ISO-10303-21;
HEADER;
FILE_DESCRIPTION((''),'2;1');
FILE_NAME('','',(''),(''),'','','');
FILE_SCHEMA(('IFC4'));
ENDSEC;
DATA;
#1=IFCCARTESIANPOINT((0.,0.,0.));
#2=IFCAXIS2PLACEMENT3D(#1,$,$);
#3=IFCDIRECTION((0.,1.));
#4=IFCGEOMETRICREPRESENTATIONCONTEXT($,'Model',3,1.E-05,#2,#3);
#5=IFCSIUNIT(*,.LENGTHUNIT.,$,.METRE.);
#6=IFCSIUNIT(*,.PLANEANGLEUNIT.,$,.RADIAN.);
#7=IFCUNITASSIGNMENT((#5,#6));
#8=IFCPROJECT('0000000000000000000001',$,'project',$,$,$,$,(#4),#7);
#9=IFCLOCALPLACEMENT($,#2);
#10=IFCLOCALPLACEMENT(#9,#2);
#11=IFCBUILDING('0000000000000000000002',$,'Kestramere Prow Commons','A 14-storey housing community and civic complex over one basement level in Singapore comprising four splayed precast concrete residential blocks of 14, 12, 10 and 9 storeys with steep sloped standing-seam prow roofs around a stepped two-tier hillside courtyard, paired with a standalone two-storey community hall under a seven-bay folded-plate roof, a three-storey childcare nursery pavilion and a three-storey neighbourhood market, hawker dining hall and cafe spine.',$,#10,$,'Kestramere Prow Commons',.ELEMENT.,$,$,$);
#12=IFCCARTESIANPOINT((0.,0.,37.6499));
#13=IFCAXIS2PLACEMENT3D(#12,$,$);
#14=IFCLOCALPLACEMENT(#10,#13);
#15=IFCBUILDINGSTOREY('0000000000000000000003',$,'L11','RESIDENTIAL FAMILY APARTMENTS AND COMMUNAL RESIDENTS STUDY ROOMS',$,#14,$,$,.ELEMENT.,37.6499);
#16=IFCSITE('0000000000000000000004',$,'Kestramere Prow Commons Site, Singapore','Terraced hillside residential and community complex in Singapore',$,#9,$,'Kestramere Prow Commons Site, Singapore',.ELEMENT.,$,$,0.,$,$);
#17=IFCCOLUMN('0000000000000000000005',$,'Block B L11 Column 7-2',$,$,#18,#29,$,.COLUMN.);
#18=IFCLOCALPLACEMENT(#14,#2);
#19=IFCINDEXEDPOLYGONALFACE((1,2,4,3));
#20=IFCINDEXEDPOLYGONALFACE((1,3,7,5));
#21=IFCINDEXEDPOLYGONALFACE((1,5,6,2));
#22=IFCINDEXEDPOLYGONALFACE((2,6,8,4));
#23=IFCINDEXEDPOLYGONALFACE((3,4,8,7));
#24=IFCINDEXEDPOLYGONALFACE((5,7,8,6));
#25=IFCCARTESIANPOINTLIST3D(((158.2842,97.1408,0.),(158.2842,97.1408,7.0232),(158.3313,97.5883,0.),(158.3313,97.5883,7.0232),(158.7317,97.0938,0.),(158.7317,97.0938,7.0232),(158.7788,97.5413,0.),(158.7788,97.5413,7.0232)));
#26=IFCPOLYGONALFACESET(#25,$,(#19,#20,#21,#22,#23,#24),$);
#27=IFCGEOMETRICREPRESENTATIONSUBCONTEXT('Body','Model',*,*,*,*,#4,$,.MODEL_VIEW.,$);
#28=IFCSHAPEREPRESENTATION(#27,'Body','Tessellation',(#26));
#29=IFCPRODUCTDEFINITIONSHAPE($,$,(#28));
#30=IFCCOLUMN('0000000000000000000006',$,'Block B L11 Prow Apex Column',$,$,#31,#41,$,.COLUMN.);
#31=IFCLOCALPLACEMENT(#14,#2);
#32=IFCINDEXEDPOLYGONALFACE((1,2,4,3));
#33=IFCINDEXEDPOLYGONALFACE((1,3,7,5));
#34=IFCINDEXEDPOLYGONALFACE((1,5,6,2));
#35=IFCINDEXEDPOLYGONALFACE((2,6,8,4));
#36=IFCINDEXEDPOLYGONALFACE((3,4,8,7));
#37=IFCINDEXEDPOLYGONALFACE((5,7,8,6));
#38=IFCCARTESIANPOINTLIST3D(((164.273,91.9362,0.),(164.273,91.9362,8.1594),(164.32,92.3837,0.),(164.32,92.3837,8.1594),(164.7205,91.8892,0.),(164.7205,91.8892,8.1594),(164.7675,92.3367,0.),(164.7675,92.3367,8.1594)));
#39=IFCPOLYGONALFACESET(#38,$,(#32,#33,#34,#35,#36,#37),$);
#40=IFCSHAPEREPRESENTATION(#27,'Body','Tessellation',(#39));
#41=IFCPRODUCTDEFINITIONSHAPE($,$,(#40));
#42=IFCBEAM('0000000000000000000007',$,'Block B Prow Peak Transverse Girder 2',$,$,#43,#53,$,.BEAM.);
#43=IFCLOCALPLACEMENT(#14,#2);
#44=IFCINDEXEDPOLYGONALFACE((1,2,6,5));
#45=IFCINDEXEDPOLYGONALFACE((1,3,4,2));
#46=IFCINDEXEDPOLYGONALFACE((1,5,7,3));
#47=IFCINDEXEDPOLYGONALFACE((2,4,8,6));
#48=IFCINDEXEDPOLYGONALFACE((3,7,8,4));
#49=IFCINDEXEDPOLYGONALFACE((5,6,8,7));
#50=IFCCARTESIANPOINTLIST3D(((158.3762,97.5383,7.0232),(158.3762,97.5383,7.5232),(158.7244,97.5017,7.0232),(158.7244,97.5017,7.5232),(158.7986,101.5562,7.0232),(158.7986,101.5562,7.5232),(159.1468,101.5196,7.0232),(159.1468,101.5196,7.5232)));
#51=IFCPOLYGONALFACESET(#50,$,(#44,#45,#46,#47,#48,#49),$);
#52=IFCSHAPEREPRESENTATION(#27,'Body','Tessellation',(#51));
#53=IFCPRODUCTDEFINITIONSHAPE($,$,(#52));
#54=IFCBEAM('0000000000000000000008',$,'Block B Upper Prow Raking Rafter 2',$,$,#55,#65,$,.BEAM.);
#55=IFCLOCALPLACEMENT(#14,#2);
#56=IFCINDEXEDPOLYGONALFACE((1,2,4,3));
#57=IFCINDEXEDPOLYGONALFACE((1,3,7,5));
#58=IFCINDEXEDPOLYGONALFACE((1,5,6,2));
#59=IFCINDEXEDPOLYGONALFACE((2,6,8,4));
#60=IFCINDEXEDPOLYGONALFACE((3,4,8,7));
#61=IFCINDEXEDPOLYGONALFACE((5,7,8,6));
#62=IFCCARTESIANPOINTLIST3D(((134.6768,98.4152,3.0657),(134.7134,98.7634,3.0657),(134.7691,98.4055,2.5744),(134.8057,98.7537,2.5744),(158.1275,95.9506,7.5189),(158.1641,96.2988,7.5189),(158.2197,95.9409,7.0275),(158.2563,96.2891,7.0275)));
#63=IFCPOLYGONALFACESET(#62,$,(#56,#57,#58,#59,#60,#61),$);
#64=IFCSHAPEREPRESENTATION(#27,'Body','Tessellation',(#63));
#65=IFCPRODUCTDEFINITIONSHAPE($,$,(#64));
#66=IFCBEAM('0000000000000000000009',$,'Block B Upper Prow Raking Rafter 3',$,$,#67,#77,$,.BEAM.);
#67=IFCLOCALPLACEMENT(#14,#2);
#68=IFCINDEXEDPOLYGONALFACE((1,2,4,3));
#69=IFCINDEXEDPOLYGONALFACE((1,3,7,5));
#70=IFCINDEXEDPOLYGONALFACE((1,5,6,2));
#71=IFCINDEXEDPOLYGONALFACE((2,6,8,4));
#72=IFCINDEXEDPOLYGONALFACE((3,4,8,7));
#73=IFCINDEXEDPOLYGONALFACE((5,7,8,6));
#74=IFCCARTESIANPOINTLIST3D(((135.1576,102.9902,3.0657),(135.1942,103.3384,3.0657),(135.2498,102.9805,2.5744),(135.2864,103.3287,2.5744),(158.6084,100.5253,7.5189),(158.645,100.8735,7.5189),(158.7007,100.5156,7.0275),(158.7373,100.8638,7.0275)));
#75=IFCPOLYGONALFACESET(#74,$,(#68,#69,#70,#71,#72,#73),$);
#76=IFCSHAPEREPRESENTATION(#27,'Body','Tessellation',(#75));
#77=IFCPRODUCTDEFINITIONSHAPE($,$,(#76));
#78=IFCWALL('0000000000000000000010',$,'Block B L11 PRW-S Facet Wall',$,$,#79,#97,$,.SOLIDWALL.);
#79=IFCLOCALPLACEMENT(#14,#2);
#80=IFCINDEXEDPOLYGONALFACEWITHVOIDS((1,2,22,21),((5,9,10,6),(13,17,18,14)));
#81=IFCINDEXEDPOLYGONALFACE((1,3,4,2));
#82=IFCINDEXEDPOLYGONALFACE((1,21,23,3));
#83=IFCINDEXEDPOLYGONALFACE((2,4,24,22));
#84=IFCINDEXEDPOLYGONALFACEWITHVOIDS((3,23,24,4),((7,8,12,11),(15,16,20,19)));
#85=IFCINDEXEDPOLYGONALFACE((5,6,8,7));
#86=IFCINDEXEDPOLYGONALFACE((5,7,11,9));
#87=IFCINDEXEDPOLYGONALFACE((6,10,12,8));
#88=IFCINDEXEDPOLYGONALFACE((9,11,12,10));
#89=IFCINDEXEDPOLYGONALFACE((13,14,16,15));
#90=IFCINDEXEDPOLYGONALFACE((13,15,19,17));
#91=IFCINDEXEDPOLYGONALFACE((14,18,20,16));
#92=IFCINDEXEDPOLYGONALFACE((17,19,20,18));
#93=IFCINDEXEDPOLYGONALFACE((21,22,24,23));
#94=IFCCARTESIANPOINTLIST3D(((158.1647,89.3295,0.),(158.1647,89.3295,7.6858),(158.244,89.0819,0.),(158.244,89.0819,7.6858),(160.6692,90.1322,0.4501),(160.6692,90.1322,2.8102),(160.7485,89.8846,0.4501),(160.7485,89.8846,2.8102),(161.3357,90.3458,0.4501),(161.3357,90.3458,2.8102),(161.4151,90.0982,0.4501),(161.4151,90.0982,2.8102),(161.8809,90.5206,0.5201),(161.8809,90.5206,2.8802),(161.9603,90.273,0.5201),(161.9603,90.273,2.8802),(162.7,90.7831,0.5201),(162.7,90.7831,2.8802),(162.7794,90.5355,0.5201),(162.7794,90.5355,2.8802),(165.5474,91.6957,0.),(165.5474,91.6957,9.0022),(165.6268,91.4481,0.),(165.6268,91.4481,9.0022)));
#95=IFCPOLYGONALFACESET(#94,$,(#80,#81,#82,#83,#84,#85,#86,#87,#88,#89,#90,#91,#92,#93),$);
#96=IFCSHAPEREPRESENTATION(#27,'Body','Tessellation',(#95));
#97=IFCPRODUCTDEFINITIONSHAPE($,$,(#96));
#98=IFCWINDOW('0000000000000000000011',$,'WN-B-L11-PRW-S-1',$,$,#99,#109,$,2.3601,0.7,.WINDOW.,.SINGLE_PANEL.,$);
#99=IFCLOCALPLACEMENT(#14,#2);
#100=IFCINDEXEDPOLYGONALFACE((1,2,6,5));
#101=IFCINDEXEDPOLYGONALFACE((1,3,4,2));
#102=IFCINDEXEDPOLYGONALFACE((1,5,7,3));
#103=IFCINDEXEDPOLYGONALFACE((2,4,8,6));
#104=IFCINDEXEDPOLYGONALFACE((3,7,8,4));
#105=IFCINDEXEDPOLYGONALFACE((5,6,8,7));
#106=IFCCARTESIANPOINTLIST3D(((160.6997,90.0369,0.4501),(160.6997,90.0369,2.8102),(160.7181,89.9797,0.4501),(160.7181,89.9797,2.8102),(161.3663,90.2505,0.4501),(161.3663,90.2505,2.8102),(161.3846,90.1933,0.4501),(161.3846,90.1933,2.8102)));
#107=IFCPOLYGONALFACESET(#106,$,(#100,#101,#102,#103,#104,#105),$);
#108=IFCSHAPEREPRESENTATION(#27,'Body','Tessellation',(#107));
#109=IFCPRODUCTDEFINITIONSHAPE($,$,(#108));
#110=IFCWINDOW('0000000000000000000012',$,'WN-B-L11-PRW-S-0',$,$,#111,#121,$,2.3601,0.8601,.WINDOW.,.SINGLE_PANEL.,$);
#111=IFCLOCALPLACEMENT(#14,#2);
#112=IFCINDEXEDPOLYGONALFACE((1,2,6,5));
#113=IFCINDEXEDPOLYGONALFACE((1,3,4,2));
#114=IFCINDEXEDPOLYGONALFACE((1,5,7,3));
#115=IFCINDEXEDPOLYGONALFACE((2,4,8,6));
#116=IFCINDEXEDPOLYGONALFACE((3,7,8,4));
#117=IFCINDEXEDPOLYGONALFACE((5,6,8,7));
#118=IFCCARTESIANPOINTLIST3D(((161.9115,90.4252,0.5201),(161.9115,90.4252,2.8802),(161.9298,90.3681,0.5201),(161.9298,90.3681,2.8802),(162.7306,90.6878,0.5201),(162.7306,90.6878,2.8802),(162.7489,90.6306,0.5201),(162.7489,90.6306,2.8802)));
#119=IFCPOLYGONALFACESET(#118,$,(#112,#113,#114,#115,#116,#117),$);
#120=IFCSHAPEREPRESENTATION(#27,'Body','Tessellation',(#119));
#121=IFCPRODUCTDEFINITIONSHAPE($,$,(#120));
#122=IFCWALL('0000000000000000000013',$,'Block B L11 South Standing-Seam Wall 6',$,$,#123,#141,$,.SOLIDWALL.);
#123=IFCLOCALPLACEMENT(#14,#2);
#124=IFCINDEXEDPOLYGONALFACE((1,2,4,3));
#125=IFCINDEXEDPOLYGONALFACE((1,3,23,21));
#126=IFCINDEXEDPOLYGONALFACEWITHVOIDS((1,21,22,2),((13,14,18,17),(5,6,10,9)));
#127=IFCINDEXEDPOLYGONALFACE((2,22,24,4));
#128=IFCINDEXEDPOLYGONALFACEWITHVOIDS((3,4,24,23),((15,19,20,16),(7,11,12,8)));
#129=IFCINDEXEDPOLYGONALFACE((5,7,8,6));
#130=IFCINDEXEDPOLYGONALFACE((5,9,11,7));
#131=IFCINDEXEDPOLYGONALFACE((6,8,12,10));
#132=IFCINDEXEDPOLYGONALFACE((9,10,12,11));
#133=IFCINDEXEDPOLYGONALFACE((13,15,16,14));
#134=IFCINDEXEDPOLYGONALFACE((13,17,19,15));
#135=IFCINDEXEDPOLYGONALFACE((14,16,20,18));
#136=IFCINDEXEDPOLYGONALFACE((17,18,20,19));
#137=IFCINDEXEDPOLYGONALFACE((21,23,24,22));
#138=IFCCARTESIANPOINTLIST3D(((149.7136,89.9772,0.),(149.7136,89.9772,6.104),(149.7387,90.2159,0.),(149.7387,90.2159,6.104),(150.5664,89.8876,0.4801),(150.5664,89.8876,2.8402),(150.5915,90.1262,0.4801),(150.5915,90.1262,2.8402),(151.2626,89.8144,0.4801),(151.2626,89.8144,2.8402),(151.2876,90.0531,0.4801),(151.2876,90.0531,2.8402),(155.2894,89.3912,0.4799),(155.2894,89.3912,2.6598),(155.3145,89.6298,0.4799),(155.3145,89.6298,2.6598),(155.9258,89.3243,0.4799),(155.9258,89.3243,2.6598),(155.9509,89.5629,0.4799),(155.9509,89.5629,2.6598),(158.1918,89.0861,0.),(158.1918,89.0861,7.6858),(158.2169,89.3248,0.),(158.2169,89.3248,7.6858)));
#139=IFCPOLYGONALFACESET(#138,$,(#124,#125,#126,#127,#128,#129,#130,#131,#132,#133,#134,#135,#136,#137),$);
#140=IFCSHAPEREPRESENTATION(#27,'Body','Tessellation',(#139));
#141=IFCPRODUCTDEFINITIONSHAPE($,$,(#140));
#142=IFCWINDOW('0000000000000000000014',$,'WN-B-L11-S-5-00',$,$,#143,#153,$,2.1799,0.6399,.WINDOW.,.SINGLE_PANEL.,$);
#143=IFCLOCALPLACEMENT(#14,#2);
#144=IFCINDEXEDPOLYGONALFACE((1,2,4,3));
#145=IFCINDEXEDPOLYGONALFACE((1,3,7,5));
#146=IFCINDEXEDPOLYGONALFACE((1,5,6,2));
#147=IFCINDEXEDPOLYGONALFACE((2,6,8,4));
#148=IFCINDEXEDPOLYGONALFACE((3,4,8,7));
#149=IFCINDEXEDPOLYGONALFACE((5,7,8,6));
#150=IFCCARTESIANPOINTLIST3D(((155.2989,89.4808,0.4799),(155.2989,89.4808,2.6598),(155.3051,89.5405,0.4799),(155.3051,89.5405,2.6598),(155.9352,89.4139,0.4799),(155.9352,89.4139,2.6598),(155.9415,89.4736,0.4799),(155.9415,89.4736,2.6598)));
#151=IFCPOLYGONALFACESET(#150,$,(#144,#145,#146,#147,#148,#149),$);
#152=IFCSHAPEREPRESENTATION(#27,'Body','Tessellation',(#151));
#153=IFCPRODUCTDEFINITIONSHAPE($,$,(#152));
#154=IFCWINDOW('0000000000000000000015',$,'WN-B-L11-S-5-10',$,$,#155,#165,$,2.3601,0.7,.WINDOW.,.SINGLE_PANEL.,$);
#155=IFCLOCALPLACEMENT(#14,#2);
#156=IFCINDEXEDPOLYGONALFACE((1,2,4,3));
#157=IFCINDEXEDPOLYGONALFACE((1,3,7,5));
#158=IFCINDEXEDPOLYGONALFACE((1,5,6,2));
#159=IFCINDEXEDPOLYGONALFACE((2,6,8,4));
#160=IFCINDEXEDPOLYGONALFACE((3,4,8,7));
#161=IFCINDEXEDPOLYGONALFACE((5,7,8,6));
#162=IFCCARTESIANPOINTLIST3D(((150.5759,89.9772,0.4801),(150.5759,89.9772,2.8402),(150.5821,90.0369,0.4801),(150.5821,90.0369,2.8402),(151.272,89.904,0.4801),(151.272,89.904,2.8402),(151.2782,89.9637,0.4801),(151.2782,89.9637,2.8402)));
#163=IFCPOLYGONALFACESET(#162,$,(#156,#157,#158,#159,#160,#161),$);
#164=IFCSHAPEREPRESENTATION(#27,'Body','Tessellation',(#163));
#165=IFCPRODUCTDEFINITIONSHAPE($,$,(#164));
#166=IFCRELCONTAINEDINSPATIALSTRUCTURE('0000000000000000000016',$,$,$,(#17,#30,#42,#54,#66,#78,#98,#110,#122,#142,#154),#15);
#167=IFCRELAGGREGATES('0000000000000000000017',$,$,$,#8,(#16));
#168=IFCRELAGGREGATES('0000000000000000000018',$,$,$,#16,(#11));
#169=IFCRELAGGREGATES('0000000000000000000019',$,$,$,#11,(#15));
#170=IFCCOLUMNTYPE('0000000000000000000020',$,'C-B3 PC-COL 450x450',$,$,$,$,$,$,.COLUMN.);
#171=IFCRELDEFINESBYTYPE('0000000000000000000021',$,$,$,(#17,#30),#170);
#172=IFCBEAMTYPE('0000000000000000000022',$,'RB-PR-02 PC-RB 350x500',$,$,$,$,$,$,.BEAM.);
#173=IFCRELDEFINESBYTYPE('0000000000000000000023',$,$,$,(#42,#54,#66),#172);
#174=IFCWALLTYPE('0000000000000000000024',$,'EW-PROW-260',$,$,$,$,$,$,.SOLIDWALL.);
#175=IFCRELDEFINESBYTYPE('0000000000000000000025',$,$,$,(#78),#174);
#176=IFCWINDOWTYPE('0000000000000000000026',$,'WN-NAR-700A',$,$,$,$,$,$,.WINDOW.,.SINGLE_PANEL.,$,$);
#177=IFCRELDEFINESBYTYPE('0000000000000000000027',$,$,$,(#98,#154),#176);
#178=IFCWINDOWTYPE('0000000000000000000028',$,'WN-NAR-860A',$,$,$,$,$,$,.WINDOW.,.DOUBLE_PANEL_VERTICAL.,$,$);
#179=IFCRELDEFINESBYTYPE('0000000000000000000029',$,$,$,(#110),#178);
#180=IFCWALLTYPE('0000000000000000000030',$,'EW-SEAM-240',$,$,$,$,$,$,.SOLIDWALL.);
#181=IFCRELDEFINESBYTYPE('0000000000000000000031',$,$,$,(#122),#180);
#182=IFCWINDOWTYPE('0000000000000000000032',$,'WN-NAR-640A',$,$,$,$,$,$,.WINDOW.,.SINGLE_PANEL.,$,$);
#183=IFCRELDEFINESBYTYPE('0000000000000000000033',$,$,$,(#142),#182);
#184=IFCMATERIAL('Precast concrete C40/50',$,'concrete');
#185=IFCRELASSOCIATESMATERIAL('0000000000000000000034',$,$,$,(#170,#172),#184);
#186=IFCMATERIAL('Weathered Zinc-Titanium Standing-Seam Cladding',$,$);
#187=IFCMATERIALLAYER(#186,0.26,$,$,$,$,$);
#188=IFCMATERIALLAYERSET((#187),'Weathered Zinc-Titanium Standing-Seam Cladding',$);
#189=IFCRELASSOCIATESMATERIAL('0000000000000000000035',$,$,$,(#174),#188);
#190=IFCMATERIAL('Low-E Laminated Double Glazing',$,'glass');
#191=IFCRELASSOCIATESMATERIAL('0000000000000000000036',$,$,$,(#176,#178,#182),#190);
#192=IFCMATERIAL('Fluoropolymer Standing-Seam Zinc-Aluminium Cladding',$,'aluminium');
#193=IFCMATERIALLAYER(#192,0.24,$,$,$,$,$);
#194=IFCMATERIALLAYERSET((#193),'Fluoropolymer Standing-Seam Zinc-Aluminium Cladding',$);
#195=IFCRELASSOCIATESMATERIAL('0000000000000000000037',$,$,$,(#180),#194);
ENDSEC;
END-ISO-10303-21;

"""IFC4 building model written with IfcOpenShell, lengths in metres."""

from ifc_helpers import new_model, si_unit, direction, frame, frame_2d, origin, origin_2d, place, context, subcontext, project, spatial, polyline, rectangle, outline, extrude, material, layer, layer_set, material_profile, profile_set, type_object, element, fill, save


model = new_model("IFC4")

# Units and contexts
model_context = context("Model", 3, precision=1e-05, world=origin(), true_north=direction((0.0, 1.0)))
body_context = subcontext(model_context, "Body", "Model", "MODEL_VIEW")
ifc_project = project(units=[si_unit("LENGTHUNIT", "METRE"), si_unit("PLANEANGLEUNIT", "RADIAN")], contexts=[model_context])

# Site, building, storey
site_placement = place(None, origin())
site = spatial("IfcSite", under=ifc_project, at=site_placement, Name="Kestramere Prow Commons Site, Singapore", Description="Terraced hillside residential and community complex in Singapore", LongName="Kestramere Prow Commons Site, Singapore", CompositionType="ELEMENT", RefElevation=0.0)
building_placement = place(site_placement, origin())
building = spatial("IfcBuilding", under=site, at=building_placement, Name="Kestramere Prow Commons", Description="A 14-storey housing community and civic complex over one basement level in Singapore comprising four splayed precast concrete residential blocks of 14, 12, 10 and 9 storeys with steep sloped standing-seam prow roofs around a stepped two-tier hillside courtyard, paired with a standalone two-storey community hall under a seven-bay folded-plate roof, a three-storey childcare nursery pavilion and a three-storey neighbourhood market, hawker dining hall and cafe spine.", LongName="Kestramere Prow Commons", CompositionType="ELEMENT")
storey_placement = place(building_placement, frame((0.0, 0.0, 37.6499)))
storey = spatial("IfcBuildingStorey", under=building, at=storey_placement, Name="L11", Description="RESIDENTIAL FAMILY APARTMENTS AND COMMUNAL RESIDENTS STUDY ROOMS", CompositionType="ELEMENT", Elevation=37.6499)

# Columns
ifc_material_1 = material(Name="Precast concrete C40/50", Category="concrete")
ifc_material_profile_1 = material_profile(ifc_material_1, rectangle(XDim=0.45, YDim=0.45, at=origin_2d()), Name="PC-COL 450x450")
ifc_profile_set_1 = profile_set([ifc_material_profile_1], Name="Precast concrete C40/50")
column_type = type_object("IfcColumnType", Name="C-B3 PC-COL 450x450", PredefinedType="COLUMN", material=ifc_profile_set_1)
column_1_placement = place(storey_placement, frame((158.5315, 97.3411, 0.0), z_axis=(0.0, 0.0, 1.0), x_axis=(0.994522, -0.104528, 0.0)))
element("IfcColumn", 1, at=column_1_placement, inside=storey, type_object=column_type, Name="Block B L11 Column 7-2", PredefinedType="COLUMN", context=body_context, shape_type="SweptSolid", body=[
    extrude(rectangle(XDim=0.45, YDim=0.45, at=origin_2d()), origin(), (0.0, 0.0, 1.0), 7.0232),
])
column_2_placement = place(storey_placement, frame((164.5203, 92.1365, 0.0), z_axis=(0.0, 0.0, 1.0), x_axis=(0.994522, -0.104528, 0.0)))
element("IfcColumn", 2, at=column_2_placement, inside=storey, type_object=column_type, Name="Block B L11 Prow Apex Column", PredefinedType="COLUMN", context=body_context, shape_type="SweptSolid", body=[
    extrude(rectangle(XDim=0.45, YDim=0.45, at=origin_2d()), origin(), (0.0, 0.0, 1.0), 8.1594),
])

# Beams
ifc_material_profile_2 = material_profile(ifc_material_1, rectangle(XDim=0.3501, YDim=0.5, at=origin_2d()), Name="PC-RB 350x500")
ifc_profile_set_2 = profile_set([ifc_material_profile_2], Name="Precast concrete C40/50")
beam_type = type_object("IfcBeamType", Name="RB-PR-02 PC-RB 350x500", PredefinedType="BEAM", material=ifc_profile_set_2)
beam_1_placement = place(storey_placement, frame((158.5503, 97.52, 7.2732), z_axis=(0.104546, 0.99452, 0.0), x_axis=(-0.99452, 0.104546, 0.0)))
element("IfcBeam", 3, at=beam_1_placement, inside=storey, type_object=beam_type, Name="Block B Prow Peak Transverse Girder 2", PredefinedType="BEAM", context=body_context, shape_type="SweptSolid", body=[
    extrude(rectangle(XDim=0.3501, YDim=0.5, at=origin_2d()), origin(), (0.0, 0.0, 1.0), 4.04),
])
beam_2_placement = place(storey_placement, frame((158.1919, 96.1199, 7.2732), z_axis=(-0.977248, 0.102706, -0.185573), x_axis=(-0.104521, -0.994523, 0.0)))
element("IfcBeam", 4, at=beam_2_placement, inside=storey, type_object=beam_type, Name="Block B Upper Prow Raking Rafter 2", PredefinedType="BEAM", context=body_context, shape_type="SweptSolid", body=[
    extrude(rectangle(XDim=0.3501, YDim=0.5, at=origin_2d()), origin(), (0.0, 0.0, 1.0), 23.9966),
])
beam_3_placement = place(storey_placement, frame((158.6729, 100.6946, 7.2732), z_axis=(-0.977248, 0.102715, -0.185571), x_axis=(-0.104531, -0.994522, 0.0)))
element("IfcBeam", 5, at=beam_3_placement, inside=storey, type_object=beam_type, Name="Block B Upper Prow Raking Rafter 3", PredefinedType="BEAM", context=body_context, shape_type="SweptSolid", body=[
    extrude(rectangle(XDim=0.3501, YDim=0.5, at=origin_2d()), origin(), (0.0, 0.0, 1.0), 23.9968),
])

# Walls, openings, windows
ifc_material_2 = material(Name="Weathered Zinc-Titanium Standing-Seam Cladding")
ifc_layer_1 = layer(ifc_material_2, 0.26)
ifc_layer_set_1 = layer_set([ifc_layer_1], Name="Weathered Zinc-Titanium Standing-Seam Cladding")
wall_type_1 = type_object("IfcWallType", Name="EW-PROW-260", PredefinedType="SOLIDWALL", material=ifc_layer_set_1)
wall_1_placement = place(storey_placement, frame((165.5872, 91.5718, 0.0), z_axis=(0.0, 0.0, 1.0), x_axis=(-0.952285, -0.30521, 0.0)))
wall_1 = element("IfcWall", 6, at=wall_1_placement, inside=storey, type_object=wall_type_1, Name="Block B L11 PRW-S Facet Wall", PredefinedType="SOLIDWALL", context=body_context, shape_type="SweptSolid", body=[
    extrude(outline(polyline([(0.0, 0.0), (7.7527, 0.0), (7.7527, 7.6858), (0.0, 9.0022), (0.0, 0.0)])), frame((0.0, 0.1299, 0.0), z_axis=(0.0, -1.0, 0.0), x_axis=(1.0, 0.0, 0.0)), (0.0, 0.0, 1.0), 0.26),
])
opening_1_placement = place(wall_1_placement, frame((2.99, 0.0, 0.52)))
opening_1 = element("IfcOpeningElement", 7, at=opening_1_placement, cuts=wall_1, PredefinedType="OPENING", context=body_context, shape_type="SweptSolid", body=[
    extrude(rectangle(XDim=0.8601, YDim=2.3601, at=frame_2d((0.4302, 1.1802))), frame((0.0, 0.145, 0.0), z_axis=(0.0, -1.0, 0.0), x_axis=(1.0, 0.0, 0.0)), (0.0, 0.0, 1.0), 0.29),
])
opening_2_placement = place(wall_1_placement, frame((4.4226, 0.0, 0.45)))
opening_2 = element("IfcOpeningElement", 8, at=opening_2_placement, cuts=wall_1, PredefinedType="OPENING", context=body_context, shape_type="SweptSolid", body=[
    extrude(rectangle(XDim=0.7, YDim=2.3601, at=frame_2d((0.3501, 1.1802))), frame((0.0, 0.145, 0.0), z_axis=(0.0, -1.0, 0.0), x_axis=(1.0, 0.0, 0.0)), (0.0, 0.0, 1.0), 0.29),
])
ifc_material_3 = material(Name="Low-E Laminated Double Glazing", Category="glass")
window_type_1 = type_object("IfcWindowType", Name="WN-NAR-700A", PartitioningType="SINGLE_PANEL", PredefinedType="WINDOW", material=ifc_material_3)
window_1_placement = place(opening_2_placement, origin())
window_1 = element("IfcWindow", 9, at=window_1_placement, inside=storey, type_object=window_type_1, Name="WN-B-L11-PRW-S-1", OverallHeight=2.3601, OverallWidth=0.7, PartitioningType="SINGLE_PANEL", PredefinedType="WINDOW", context=body_context, shape_type="SweptSolid", body=[
    extrude(rectangle(XDim=0.7, YDim=2.3601, at=frame_2d((0.3501, 1.1802))), frame((0.0, 0.03, 0.0), z_axis=(0.0, -1.0, 0.0), x_axis=(1.0, 0.0, 0.0)), (0.0, 0.0, 1.0), 0.0601),
])
fill(opening_2, window_1)
window_type_2 = type_object("IfcWindowType", Name="WN-NAR-860A", PartitioningType="DOUBLE_PANEL_VERTICAL", PredefinedType="WINDOW", material=ifc_material_3)
window_2_placement = place(opening_1_placement, origin())
window_2 = element("IfcWindow", 10, at=window_2_placement, inside=storey, type_object=window_type_2, Name="WN-B-L11-PRW-S-0", OverallHeight=2.3601, OverallWidth=0.8601, PartitioningType="SINGLE_PANEL", PredefinedType="WINDOW", context=body_context, shape_type="SweptSolid", body=[
    extrude(rectangle(XDim=0.8601, YDim=2.3601, at=frame_2d((0.4302, 1.1802))), frame((0.0, 0.03, 0.0), z_axis=(0.0, -1.0, 0.0), x_axis=(1.0, 0.0, 0.0)), (0.0, 0.0, 1.0), 0.0601),
])
fill(opening_1, window_2)
ifc_material_4 = material(Name="Fluoropolymer Standing-Seam Zinc-Aluminium Cladding", Category="aluminium")
ifc_layer_2 = layer(ifc_material_4, 0.24)
ifc_layer_set_2 = layer_set([ifc_layer_2], Name="Fluoropolymer Standing-Seam Zinc-Aluminium Cladding")
wall_type_2 = type_object("IfcWallType", Name="EW-SEAM-240", PredefinedType="SOLIDWALL", material=ifc_layer_set_2)
wall_2_placement = place(storey_placement, frame((158.2043, 89.2056, 0.0), z_axis=(0.0, 0.0, 1.0), x_axis=(-0.994522, 0.10453, 0.0)))
wall_2 = element("IfcWall", 11, at=wall_2_placement, inside=storey, type_object=wall_type_2, Name="Block B L11 South Standing-Seam Wall 6", PredefinedType="SOLIDWALL", context=body_context, shape_type="SweptSolid", body=[
    extrude(outline(polyline([(0.0, 0.0), (8.5249, 0.0), (8.5249, 6.104), (0.0, 7.6858), (0.0, 0.0)])), frame((0.0, 0.1201, 0.0), z_axis=(0.0, -1.0, 0.0), x_axis=(1.0, 0.0, 0.0)), (0.0, 0.0, 1.0), 0.24),
])
opening_3_placement = place(wall_2_placement, frame((2.2786, 0.0, 0.48)))
opening_3 = element("IfcOpeningElement", 12, at=opening_3_placement, cuts=wall_2, PredefinedType="OPENING", context=body_context, shape_type="SweptSolid", body=[
    extrude(rectangle(XDim=0.6399, YDim=2.1799, at=frame_2d((0.3198, 1.0898))), frame((0.0, 0.135, 0.0), z_axis=(0.0, -1.0, 0.0), x_axis=(1.0, 0.0, 0.0)), (0.0, 0.0, 1.0), 0.27),
])
opening_4_placement = place(wall_2_placement, frame((6.9673, 0.0, 0.48)))
opening_4 = element("IfcOpeningElement", 13, at=opening_4_placement, cuts=wall_2, PredefinedType="OPENING", context=body_context, shape_type="SweptSolid", body=[
    extrude(rectangle(XDim=0.7, YDim=2.3601, at=frame_2d((0.3501, 1.1802))), frame((0.0, 0.135, 0.0), z_axis=(0.0, -1.0, 0.0), x_axis=(1.0, 0.0, 0.0)), (0.0, 0.0, 1.0), 0.27),
])
window_type_3 = type_object("IfcWindowType", Name="WN-NAR-640A", PartitioningType="SINGLE_PANEL", PredefinedType="WINDOW", material=ifc_material_3)
window_3_placement = place(opening_3_placement, origin())
window_3 = element("IfcWindow", 14, at=window_3_placement, inside=storey, type_object=window_type_3, Name="WN-B-L11-S-5-00", OverallHeight=2.1799, OverallWidth=0.6399, PartitioningType="SINGLE_PANEL", PredefinedType="WINDOW", context=body_context, shape_type="SweptSolid", body=[
    extrude(rectangle(XDim=0.6399, YDim=2.1799, at=frame_2d((0.3198, 1.0898))), frame((0.0, 0.03, 0.0), z_axis=(0.0, -1.0, 0.0), x_axis=(1.0, 0.0, 0.0)), (0.0, 0.0, 1.0), 0.0601),
])
fill(opening_3, window_3)
window_4_placement = place(opening_4_placement, origin())
window_4 = element("IfcWindow", 15, at=window_4_placement, inside=storey, type_object=window_type_1, Name="WN-B-L11-S-5-10", OverallHeight=2.3601, OverallWidth=0.7, PartitioningType="SINGLE_PANEL", PredefinedType="WINDOW", context=body_context, shape_type="SweptSolid", body=[
    extrude(rectangle(XDim=0.7, YDim=2.3601, at=frame_2d((0.3501, 1.1802))), frame((0.0, 0.03, 0.0), z_axis=(0.0, -1.0, 0.0), x_axis=(1.0, 0.0, 0.0)), (0.0, 0.0, 1.0), 0.0601),
])
fill(opening_4, window_4)

save(model, "model.ifc")
